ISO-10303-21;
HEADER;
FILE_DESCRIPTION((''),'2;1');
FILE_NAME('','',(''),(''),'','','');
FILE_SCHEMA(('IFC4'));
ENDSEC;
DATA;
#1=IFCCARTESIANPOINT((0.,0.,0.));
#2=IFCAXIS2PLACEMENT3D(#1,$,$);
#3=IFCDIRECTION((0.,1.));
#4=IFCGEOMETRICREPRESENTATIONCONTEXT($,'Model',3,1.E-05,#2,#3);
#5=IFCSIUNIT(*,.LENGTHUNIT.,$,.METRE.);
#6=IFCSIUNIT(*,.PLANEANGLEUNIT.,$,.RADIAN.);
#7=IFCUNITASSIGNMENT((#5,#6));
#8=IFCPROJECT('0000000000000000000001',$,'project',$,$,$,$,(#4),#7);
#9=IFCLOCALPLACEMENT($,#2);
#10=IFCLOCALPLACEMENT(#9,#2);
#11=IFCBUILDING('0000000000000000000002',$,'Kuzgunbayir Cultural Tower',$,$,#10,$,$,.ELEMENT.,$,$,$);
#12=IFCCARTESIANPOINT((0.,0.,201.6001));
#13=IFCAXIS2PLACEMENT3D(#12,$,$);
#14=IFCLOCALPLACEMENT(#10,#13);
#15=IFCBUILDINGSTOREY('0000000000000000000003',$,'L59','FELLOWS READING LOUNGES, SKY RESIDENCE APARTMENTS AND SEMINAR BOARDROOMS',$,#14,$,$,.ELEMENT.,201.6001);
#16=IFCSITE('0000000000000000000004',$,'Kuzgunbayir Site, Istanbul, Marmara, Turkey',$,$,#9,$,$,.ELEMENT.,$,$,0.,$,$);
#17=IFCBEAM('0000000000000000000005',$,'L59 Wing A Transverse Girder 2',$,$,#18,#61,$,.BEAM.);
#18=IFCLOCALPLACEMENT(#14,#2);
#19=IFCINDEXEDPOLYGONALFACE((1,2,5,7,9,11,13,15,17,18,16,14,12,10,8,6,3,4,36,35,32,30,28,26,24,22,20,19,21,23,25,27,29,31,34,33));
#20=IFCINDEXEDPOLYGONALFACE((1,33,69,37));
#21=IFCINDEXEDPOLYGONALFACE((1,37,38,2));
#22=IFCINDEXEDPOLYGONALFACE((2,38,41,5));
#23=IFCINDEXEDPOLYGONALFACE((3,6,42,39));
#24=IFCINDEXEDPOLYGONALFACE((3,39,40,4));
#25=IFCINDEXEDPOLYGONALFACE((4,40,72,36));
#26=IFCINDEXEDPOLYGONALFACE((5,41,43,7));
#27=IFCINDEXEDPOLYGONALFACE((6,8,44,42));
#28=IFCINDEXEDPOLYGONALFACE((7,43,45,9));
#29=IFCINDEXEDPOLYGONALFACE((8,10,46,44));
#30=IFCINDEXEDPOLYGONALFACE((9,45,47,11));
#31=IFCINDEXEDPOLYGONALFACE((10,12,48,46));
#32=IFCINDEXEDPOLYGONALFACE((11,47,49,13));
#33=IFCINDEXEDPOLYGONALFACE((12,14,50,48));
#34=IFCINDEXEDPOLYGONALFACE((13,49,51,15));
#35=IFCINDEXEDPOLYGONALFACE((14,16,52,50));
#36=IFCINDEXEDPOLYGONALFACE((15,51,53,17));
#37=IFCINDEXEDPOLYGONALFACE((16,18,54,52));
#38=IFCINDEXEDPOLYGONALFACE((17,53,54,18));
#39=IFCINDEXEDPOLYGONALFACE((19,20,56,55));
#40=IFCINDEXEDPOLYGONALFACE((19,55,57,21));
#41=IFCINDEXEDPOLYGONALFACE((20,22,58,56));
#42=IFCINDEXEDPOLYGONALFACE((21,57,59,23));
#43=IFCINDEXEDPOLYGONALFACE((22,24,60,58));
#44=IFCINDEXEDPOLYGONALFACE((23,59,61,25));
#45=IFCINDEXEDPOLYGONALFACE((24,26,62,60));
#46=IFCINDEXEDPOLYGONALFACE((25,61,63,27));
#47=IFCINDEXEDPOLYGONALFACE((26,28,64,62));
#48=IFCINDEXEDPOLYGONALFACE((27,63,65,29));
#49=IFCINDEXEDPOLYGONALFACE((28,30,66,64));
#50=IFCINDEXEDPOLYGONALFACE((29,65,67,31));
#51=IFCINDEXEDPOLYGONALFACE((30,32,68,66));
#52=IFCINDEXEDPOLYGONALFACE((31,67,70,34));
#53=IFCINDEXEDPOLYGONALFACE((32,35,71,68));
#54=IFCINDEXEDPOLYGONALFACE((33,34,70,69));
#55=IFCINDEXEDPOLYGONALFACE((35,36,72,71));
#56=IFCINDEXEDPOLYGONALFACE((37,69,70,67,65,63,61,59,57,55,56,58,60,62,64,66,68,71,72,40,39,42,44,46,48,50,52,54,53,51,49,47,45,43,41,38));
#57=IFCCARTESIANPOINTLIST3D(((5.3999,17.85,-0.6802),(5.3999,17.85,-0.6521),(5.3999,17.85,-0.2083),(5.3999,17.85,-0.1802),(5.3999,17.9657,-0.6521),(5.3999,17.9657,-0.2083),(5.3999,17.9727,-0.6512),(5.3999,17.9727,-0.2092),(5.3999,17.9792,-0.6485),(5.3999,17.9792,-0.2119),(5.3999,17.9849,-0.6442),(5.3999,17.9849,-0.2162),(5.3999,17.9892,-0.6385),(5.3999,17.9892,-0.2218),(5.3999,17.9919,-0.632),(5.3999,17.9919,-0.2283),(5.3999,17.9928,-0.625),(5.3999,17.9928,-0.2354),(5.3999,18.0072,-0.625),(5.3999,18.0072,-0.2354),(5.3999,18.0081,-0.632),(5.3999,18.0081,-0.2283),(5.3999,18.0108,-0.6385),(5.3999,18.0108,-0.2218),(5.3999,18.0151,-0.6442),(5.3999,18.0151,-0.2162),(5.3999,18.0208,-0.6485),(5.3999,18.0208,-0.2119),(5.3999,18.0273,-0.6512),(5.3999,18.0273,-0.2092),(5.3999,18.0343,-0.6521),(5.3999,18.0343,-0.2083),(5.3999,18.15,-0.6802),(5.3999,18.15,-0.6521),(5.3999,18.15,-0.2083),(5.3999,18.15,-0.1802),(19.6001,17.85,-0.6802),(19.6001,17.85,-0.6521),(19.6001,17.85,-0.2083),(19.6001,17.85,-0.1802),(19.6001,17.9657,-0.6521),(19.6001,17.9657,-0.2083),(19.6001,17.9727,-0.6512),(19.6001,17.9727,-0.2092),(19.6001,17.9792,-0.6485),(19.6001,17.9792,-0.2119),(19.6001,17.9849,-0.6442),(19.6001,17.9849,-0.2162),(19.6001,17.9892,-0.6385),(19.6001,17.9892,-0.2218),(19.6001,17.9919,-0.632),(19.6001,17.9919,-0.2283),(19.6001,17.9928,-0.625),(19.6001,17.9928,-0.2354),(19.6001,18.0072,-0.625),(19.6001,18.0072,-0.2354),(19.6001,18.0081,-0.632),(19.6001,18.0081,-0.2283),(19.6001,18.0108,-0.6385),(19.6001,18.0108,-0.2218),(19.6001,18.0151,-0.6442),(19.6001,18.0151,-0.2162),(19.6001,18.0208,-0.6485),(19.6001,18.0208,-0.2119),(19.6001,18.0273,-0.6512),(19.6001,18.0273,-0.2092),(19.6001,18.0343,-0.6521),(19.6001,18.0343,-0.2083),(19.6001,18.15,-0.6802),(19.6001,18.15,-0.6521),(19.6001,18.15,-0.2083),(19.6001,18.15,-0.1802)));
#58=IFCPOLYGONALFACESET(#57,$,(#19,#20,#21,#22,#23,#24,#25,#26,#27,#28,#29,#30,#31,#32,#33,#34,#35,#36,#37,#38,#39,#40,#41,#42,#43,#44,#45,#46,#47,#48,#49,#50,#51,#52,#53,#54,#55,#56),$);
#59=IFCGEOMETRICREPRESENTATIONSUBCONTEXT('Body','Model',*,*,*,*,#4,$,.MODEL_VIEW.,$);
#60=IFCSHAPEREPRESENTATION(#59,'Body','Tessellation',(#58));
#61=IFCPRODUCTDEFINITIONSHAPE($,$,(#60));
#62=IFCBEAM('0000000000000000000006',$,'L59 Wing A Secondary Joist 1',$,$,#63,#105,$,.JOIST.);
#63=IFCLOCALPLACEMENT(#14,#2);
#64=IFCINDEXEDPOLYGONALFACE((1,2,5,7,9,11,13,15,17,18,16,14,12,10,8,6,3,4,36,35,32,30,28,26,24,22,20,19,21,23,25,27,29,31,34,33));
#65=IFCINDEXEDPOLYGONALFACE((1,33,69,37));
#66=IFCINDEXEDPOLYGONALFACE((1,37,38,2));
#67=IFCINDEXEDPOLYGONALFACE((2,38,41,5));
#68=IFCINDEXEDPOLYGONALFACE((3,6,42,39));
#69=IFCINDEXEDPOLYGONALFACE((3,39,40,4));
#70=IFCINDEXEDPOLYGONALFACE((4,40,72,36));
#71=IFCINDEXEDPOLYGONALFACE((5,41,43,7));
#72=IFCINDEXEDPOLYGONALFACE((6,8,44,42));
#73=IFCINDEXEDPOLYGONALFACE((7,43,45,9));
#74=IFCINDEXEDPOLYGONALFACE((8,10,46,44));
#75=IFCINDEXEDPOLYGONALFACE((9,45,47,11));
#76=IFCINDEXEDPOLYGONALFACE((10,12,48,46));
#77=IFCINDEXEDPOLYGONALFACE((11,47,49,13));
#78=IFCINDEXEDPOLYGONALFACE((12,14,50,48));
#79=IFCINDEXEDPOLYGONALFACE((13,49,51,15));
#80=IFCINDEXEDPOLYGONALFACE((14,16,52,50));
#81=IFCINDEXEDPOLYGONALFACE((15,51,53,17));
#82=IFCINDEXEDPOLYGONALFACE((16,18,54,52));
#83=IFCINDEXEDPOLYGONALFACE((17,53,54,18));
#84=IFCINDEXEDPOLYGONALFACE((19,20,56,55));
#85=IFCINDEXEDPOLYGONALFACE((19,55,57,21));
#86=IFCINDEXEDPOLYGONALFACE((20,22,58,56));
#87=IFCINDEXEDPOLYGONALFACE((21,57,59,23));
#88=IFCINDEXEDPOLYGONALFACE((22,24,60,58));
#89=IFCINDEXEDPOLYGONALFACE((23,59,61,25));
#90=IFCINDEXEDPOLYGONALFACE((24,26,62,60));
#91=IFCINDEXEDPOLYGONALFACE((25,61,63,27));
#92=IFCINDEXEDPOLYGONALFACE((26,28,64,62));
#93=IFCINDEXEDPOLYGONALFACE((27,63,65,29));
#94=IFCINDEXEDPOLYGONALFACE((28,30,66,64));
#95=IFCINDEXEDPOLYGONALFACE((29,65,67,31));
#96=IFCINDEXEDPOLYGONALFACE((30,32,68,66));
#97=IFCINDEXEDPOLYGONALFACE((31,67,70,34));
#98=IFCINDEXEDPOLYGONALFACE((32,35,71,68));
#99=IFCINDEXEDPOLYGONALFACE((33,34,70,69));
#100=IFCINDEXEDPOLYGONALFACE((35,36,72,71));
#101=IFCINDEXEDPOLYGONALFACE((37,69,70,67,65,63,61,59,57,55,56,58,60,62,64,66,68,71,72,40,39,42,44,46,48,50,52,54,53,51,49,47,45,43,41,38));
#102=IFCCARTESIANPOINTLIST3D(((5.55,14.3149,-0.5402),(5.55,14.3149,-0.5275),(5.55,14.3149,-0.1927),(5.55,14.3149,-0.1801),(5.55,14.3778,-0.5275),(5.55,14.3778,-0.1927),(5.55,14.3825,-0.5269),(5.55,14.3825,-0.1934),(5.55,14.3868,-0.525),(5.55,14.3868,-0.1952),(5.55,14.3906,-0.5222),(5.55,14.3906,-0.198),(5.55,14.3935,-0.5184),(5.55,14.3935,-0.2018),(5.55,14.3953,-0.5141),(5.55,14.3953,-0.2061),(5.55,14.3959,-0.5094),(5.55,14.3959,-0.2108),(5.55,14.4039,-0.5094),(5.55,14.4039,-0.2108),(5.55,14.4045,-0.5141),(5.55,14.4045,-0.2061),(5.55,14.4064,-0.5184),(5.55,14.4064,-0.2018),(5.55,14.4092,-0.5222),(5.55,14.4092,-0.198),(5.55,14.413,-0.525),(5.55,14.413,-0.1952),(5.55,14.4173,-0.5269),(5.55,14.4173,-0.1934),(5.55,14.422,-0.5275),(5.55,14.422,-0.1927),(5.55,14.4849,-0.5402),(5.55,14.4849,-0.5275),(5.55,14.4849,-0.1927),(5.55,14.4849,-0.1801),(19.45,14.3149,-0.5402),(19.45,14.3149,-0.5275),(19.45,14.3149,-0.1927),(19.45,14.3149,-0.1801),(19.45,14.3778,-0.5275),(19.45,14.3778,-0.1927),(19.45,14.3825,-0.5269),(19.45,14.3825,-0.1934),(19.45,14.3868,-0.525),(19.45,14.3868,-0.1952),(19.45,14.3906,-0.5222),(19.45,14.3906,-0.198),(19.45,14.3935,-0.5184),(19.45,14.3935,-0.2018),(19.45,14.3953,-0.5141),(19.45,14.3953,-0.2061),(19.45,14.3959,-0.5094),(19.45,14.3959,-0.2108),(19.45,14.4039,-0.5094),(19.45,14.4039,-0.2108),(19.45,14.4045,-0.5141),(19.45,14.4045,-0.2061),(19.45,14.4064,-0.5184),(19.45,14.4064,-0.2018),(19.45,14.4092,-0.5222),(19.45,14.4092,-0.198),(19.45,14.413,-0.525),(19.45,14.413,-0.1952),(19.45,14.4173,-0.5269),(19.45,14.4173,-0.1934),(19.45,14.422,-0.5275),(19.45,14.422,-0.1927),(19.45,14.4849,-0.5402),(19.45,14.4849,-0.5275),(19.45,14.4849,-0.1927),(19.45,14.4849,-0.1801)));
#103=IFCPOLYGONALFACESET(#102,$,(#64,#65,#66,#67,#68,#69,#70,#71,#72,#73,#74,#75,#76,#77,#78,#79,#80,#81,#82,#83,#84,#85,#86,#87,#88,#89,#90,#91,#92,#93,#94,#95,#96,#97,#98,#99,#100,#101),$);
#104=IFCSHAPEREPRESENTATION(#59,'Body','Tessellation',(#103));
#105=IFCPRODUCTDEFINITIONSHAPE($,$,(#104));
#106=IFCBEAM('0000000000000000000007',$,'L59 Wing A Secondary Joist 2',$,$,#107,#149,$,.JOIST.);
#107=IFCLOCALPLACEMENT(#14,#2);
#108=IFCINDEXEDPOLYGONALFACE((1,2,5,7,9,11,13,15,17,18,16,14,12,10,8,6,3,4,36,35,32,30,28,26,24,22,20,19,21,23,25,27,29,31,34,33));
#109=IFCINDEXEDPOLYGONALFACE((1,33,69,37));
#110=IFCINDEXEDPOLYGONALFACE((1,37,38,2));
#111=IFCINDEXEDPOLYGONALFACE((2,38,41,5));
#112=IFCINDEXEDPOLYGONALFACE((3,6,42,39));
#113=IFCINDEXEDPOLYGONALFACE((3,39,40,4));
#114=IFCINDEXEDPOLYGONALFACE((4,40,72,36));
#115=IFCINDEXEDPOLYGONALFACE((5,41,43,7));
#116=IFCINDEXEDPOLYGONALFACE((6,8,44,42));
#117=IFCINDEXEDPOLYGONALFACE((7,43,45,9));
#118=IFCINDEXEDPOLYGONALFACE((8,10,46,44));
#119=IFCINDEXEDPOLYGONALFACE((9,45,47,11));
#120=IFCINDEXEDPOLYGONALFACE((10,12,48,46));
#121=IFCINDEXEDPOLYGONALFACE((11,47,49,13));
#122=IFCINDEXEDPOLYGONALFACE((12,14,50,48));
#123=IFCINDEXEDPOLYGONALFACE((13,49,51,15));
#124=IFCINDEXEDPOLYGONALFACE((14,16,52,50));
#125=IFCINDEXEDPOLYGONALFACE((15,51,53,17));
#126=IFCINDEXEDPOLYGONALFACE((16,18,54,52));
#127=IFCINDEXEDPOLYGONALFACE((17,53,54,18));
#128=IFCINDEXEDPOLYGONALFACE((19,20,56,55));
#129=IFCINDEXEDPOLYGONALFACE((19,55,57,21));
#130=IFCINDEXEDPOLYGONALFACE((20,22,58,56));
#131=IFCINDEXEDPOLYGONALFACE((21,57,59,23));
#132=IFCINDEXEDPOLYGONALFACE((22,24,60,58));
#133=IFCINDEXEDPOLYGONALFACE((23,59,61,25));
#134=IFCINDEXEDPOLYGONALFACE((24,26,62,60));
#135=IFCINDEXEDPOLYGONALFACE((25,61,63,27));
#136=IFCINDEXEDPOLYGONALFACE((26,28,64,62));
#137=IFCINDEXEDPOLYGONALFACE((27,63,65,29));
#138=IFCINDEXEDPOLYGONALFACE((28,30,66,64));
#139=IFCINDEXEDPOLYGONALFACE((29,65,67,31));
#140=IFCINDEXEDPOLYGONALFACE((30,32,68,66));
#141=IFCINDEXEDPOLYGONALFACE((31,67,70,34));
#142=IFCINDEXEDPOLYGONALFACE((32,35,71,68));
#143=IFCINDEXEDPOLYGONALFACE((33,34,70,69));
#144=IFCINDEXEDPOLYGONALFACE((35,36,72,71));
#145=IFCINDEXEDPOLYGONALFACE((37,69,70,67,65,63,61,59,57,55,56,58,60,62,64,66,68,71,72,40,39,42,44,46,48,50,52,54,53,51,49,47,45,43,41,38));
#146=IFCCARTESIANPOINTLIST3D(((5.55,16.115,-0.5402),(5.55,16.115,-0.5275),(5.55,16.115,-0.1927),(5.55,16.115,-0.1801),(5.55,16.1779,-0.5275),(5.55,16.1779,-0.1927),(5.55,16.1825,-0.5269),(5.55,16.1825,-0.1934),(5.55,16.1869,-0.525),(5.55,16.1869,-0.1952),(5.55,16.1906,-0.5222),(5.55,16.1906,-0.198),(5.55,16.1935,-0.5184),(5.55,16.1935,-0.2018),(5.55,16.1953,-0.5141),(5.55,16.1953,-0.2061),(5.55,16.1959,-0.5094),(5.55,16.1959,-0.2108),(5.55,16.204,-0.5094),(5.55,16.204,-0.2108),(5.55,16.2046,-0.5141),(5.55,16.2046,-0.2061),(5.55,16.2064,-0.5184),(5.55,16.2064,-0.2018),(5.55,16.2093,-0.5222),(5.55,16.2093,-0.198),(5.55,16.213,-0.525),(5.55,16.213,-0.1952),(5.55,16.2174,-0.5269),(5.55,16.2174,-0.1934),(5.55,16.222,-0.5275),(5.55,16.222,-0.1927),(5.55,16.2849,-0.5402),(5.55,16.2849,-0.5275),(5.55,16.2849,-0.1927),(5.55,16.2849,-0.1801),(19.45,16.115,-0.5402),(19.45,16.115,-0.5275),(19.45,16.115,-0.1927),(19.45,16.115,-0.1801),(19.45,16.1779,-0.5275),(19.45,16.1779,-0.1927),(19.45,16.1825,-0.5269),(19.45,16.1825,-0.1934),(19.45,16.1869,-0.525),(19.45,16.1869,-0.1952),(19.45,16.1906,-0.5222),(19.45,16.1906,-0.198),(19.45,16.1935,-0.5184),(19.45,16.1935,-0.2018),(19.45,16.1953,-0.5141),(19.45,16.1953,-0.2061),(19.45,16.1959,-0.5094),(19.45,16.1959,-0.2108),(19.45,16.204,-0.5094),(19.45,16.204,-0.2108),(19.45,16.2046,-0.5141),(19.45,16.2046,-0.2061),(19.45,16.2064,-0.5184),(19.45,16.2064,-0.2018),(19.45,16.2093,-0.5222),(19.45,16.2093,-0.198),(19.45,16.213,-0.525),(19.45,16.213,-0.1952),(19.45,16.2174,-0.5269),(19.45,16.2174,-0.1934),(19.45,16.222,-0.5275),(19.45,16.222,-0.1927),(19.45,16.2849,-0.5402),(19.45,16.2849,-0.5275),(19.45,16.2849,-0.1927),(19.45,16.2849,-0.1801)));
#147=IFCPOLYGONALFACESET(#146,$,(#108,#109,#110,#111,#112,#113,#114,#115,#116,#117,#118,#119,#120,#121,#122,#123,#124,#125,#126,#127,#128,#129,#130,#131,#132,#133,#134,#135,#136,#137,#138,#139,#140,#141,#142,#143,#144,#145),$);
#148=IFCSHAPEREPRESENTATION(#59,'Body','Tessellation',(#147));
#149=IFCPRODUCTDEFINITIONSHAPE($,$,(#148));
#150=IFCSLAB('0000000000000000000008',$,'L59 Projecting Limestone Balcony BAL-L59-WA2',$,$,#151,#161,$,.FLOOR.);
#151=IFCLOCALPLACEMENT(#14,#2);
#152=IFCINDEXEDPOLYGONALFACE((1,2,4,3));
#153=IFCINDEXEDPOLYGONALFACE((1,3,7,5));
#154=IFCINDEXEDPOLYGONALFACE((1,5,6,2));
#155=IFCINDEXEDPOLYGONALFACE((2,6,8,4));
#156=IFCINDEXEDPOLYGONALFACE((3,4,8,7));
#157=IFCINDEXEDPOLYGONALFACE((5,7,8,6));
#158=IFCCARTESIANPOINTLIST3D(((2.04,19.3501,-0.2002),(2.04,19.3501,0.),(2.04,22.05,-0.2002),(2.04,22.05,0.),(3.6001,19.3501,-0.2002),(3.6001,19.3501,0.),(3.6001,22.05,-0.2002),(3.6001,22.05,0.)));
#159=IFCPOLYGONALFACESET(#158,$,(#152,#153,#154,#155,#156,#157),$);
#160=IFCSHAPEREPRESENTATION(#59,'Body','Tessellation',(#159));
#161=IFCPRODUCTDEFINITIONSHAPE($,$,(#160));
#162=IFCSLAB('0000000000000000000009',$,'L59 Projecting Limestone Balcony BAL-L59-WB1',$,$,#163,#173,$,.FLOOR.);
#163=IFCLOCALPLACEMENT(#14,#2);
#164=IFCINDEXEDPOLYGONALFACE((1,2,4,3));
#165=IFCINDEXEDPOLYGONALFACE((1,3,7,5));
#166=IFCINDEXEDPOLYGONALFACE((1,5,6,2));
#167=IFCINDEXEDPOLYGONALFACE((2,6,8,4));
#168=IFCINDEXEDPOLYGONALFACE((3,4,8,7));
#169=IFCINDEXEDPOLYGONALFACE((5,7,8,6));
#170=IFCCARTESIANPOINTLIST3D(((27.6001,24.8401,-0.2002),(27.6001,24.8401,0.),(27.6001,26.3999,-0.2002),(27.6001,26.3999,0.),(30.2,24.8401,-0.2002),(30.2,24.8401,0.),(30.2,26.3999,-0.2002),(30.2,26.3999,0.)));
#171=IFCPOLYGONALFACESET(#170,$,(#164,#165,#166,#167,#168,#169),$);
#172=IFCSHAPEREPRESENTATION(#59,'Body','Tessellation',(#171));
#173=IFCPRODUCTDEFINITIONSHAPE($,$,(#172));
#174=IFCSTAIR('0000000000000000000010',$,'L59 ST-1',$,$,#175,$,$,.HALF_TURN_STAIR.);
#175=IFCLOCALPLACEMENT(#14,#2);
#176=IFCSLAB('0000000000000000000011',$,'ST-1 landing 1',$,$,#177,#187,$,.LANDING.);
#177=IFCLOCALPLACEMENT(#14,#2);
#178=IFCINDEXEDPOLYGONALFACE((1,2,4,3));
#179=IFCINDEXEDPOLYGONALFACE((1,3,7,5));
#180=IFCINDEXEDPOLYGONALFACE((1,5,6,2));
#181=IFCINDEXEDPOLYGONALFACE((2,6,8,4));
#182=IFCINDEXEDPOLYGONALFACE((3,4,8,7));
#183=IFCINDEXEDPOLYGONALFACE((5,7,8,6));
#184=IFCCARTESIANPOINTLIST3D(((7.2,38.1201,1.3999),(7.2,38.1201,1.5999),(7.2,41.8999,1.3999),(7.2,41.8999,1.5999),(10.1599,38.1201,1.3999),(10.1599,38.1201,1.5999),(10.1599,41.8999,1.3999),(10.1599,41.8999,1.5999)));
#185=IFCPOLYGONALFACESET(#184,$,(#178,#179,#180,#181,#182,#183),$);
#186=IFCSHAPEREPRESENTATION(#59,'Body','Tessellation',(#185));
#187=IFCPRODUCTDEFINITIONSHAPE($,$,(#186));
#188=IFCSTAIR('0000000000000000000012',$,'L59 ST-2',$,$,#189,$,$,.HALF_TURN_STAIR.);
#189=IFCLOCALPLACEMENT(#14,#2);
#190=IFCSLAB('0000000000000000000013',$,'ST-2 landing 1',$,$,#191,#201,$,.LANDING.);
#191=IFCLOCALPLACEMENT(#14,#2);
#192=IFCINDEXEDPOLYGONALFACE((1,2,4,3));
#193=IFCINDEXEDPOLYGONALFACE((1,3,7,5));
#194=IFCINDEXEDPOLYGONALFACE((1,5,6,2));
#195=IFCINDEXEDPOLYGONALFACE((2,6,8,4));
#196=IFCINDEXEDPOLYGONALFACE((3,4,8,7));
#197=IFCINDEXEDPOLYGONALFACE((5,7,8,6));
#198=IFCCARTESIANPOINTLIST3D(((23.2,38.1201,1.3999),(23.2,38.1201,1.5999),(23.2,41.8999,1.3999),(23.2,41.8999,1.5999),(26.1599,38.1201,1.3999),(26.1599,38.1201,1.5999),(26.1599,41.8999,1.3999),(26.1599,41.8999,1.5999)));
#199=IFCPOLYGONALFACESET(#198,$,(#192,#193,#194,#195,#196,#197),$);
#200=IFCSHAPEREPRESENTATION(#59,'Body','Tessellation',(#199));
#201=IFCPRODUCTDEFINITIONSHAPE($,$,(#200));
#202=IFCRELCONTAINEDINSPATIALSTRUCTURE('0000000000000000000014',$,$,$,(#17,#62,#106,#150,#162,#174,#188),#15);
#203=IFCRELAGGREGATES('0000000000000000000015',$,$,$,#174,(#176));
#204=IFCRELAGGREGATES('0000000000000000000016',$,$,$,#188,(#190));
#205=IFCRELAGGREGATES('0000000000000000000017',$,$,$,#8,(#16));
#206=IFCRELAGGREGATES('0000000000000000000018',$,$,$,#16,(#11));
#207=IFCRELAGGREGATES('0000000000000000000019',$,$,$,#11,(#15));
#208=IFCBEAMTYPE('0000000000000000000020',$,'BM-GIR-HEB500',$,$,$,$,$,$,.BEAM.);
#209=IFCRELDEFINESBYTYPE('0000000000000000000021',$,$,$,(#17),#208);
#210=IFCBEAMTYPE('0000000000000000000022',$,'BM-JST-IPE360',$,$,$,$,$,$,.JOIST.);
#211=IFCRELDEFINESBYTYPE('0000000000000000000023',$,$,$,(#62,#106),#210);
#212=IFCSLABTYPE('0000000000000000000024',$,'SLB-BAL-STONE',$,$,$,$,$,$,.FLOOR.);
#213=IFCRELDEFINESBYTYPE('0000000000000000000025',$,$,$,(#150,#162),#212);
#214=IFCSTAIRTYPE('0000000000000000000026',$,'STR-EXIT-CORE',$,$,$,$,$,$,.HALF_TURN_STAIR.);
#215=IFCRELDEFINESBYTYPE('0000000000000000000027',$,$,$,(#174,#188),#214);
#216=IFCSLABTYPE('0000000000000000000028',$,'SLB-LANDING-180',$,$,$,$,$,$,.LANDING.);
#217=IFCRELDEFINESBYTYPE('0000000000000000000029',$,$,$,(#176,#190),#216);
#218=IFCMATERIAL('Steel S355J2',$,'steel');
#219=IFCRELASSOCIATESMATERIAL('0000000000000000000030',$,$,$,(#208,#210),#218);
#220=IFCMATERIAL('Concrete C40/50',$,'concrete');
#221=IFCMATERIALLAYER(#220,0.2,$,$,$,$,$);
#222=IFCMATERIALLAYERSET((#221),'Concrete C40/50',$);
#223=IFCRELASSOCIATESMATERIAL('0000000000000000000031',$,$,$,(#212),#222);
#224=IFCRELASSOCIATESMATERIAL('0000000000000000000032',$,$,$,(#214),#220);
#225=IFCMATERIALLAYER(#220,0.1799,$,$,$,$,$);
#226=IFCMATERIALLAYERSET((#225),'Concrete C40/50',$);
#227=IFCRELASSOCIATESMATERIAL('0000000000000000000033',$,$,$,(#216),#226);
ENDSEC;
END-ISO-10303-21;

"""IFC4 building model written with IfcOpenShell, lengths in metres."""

from ifc_helpers import new_model, si_unit, direction, frame, origin, origin_2d, place, context, subcontext, project, spatial, polyline, i_section, outline, extrude, material, layer, layer_set, material_profile, profile_set, type_object, element, aggregate, save


model = new_model("IFC4")

# Units and contexts
model_context = context("Model", 3, precision=1e-05, world=origin(), true_north=direction((0.0, 1.0)))
body_context = subcontext(model_context, "Body", "Model", "MODEL_VIEW")
ifc_project = project(units=[si_unit("LENGTHUNIT", "METRE"), si_unit("PLANEANGLEUNIT", "RADIAN")], contexts=[model_context])

# Site, building, storey
site_placement = place(None, origin())
site = spatial("IfcSite", under=ifc_project, at=site_placement, Name="Kuzgunbayir Site, Istanbul, Marmara, Turkey", CompositionType="ELEMENT", RefElevation=0.0)
building_placement = place(site_placement, origin())
building = spatial("IfcBuilding", under=site, at=building_placement, Name="Kuzgunbayir Cultural Tower", CompositionType="ELEMENT")
storey_placement = place(building_placement, frame((0.0, 0.0, 201.6001)))
storey = spatial("IfcBuildingStorey", under=building, at=storey_placement, Name="L59", Description="FELLOWS READING LOUNGES, SKY RESIDENCE APARTMENTS AND SEMINAR BOARDROOMS", CompositionType="ELEMENT", Elevation=201.6001)

# Beams
ifc_material_1 = material(Name="Steel S355J2", Category="steel")
ifc_material_profile_1 = material_profile(ifc_material_1, i_section(OverallWidth=0.3, OverallDepth=0.5, WebThickness=0.0144, FlangeThickness=0.0281, FilletRadius=0.0271, at=origin_2d()), Name="HEB 500")
ifc_profile_set_1 = profile_set([ifc_material_profile_1], Name="Steel S355J2")
beam_type_1 = type_object("IfcBeamType", Name="BM-GIR-HEB500", PredefinedType="BEAM", material=ifc_profile_set_1)
for number, where, z_axis, x_axis, name in (
    (1, (5.3999, 18.0, -0.4302), (1.0, 0.0, 0.0), (0.0, 1.0, 0.0), "L59 Wing A Transverse Girder 2"),
):
    element("IfcBeam", number, at=place(storey_placement, frame(where, z_axis=z_axis, x_axis=x_axis)), inside=storey, type_object=beam_type_1, Name=name, PredefinedType="BEAM", context=body_context, shape_type="SweptSolid", body=[
        extrude(i_section(OverallWidth=0.3, OverallDepth=0.5, WebThickness=0.0144, FlangeThickness=0.0281, FilletRadius=0.0271, at=origin_2d()), origin(), (0.0, 0.0, 1.0), 14.2002),
    ])
ifc_material_profile_2 = material_profile(ifc_material_1, i_section(OverallWidth=0.1699, OverallDepth=0.3601, WebThickness=0.0081, FlangeThickness=0.0127, FilletRadius=0.0181, at=origin_2d()), Name="IPE 360")
ifc_profile_set_2 = profile_set([ifc_material_profile_2], Name="Steel S355J2")
beam_type_2 = type_object("IfcBeamType", Name="BM-JST-IPE360", PredefinedType="JOIST", material=ifc_profile_set_2)
for number, where, z_axis, x_axis, name in (
    (2, (5.55, 14.3999, -0.3601), (1.0, 0.0, 0.0), (0.0, 1.0, 0.0), "L59 Wing A Secondary Joist 1"),
    (3, (5.55, 16.2, -0.3601), (1.0, 0.0, 0.0), (0.0, 1.0, 0.0), "L59 Wing A Secondary Joist 2"),
):
    element("IfcBeam", number, at=place(storey_placement, frame(where, z_axis=z_axis, x_axis=x_axis)), inside=storey, type_object=beam_type_2, Name=name, PredefinedType="JOIST", context=body_context, shape_type="SweptSolid", body=[
        extrude(i_section(OverallWidth=0.1699, OverallDepth=0.3601, WebThickness=0.0081, FlangeThickness=0.0127, FilletRadius=0.0181, at=origin_2d()), origin(), (0.0, 0.0, 1.0), 13.8999),
    ])

# Slabs
ifc_material_2 = material(Name="Concrete C40/50", Category="concrete")
ifc_layer_1 = layer(ifc_material_2, 0.2)
ifc_layer_set_1 = layer_set([ifc_layer_1], Name="Concrete C40/50")
slab_type_1 = type_object("IfcSlabType", Name="SLB-BAL-STONE", PredefinedType="FLOOR", material=ifc_layer_set_1)
slab_1_placement = place(storey_placement, frame((0.0, 0.0, -0.2002)))
element("IfcSlab", 4, at=slab_1_placement, inside=storey, type_object=slab_type_1, Name="L59 Projecting Limestone Balcony BAL-L59-WA2", PredefinedType="FLOOR", context=body_context, shape_type="SweptSolid", body=[
    extrude(outline(polyline([(2.04, 19.3501), (3.6001, 19.3501), (3.6001, 22.05), (2.04, 22.05), (2.04, 19.3501)])), origin(), (0.0, 0.0, 1.0), 0.2002),
])
slab_2_placement = place(storey_placement, frame((0.0, 0.0, -0.2002)))
element("IfcSlab", 5, at=slab_2_placement, inside=storey, type_object=slab_type_1, Name="L59 Projecting Limestone Balcony BAL-L59-WB1", PredefinedType="FLOOR", context=body_context, shape_type="SweptSolid", body=[
    extrude(outline(polyline([(27.6001, 24.8401), (30.2, 24.8401), (30.2, 26.3999), (27.6001, 26.3999), (27.6001, 24.8401)])), origin(), (0.0, 0.0, 1.0), 0.2002),
])

# Stairs, slabs
stair_type = type_object("IfcStairType", Name="STR-EXIT-CORE", PredefinedType="HALF_TURN_STAIR", material=ifc_material_2)
stair_1_placement = place(storey_placement, origin())
stair_1 = element("IfcStair", 6, at=stair_1_placement, inside=storey, type_object=stair_type, Name="L59 ST-1", PredefinedType="HALF_TURN_STAIR")
ifc_layer_2 = layer(ifc_material_2, 0.1799)
ifc_layer_set_2 = layer_set([ifc_layer_2], Name="Concrete C40/50")
slab_type_2 = type_object("IfcSlabType", Name="SLB-LANDING-180", PredefinedType="LANDING", material=ifc_layer_set_2)
slab_3_placement = place(storey_placement, frame((0.0, 0.0, 1.3999)))
slab_3 = element("IfcSlab", 7, at=slab_3_placement, type_object=slab_type_2, Name="ST-1 landing 1", PredefinedType="LANDING", context=body_context, shape_type="SweptSolid", body=[
    extrude(outline(polyline([(10.1599, 38.1201), (10.1599, 41.8999), (7.2, 41.8999), (7.2, 38.1201), (10.1599, 38.1201)])), origin(), (0.0, 0.0, 1.0), 0.2),
])
aggregate(stair_1, [slab_3])
stair_2_placement = place(storey_placement, origin())
stair_2 = element("IfcStair", 8, at=stair_2_placement, inside=storey, type_object=stair_type, Name="L59 ST-2", PredefinedType="HALF_TURN_STAIR")
slab_4_placement = place(storey_placement, frame((0.0, 0.0, 1.3999)))
slab_4 = element("IfcSlab", 9, at=slab_4_placement, type_object=slab_type_2, Name="ST-2 landing 1", PredefinedType="LANDING", context=body_context, shape_type="SweptSolid", body=[
    extrude(outline(polyline([(26.1599, 38.1201), (26.1599, 41.8999), (23.2, 41.8999), (23.2, 38.1201), (26.1599, 38.1201)])), origin(), (0.0, 0.0, 1.0), 0.2),
])
aggregate(stair_2, [slab_4])

save(model, "model.ifc")
